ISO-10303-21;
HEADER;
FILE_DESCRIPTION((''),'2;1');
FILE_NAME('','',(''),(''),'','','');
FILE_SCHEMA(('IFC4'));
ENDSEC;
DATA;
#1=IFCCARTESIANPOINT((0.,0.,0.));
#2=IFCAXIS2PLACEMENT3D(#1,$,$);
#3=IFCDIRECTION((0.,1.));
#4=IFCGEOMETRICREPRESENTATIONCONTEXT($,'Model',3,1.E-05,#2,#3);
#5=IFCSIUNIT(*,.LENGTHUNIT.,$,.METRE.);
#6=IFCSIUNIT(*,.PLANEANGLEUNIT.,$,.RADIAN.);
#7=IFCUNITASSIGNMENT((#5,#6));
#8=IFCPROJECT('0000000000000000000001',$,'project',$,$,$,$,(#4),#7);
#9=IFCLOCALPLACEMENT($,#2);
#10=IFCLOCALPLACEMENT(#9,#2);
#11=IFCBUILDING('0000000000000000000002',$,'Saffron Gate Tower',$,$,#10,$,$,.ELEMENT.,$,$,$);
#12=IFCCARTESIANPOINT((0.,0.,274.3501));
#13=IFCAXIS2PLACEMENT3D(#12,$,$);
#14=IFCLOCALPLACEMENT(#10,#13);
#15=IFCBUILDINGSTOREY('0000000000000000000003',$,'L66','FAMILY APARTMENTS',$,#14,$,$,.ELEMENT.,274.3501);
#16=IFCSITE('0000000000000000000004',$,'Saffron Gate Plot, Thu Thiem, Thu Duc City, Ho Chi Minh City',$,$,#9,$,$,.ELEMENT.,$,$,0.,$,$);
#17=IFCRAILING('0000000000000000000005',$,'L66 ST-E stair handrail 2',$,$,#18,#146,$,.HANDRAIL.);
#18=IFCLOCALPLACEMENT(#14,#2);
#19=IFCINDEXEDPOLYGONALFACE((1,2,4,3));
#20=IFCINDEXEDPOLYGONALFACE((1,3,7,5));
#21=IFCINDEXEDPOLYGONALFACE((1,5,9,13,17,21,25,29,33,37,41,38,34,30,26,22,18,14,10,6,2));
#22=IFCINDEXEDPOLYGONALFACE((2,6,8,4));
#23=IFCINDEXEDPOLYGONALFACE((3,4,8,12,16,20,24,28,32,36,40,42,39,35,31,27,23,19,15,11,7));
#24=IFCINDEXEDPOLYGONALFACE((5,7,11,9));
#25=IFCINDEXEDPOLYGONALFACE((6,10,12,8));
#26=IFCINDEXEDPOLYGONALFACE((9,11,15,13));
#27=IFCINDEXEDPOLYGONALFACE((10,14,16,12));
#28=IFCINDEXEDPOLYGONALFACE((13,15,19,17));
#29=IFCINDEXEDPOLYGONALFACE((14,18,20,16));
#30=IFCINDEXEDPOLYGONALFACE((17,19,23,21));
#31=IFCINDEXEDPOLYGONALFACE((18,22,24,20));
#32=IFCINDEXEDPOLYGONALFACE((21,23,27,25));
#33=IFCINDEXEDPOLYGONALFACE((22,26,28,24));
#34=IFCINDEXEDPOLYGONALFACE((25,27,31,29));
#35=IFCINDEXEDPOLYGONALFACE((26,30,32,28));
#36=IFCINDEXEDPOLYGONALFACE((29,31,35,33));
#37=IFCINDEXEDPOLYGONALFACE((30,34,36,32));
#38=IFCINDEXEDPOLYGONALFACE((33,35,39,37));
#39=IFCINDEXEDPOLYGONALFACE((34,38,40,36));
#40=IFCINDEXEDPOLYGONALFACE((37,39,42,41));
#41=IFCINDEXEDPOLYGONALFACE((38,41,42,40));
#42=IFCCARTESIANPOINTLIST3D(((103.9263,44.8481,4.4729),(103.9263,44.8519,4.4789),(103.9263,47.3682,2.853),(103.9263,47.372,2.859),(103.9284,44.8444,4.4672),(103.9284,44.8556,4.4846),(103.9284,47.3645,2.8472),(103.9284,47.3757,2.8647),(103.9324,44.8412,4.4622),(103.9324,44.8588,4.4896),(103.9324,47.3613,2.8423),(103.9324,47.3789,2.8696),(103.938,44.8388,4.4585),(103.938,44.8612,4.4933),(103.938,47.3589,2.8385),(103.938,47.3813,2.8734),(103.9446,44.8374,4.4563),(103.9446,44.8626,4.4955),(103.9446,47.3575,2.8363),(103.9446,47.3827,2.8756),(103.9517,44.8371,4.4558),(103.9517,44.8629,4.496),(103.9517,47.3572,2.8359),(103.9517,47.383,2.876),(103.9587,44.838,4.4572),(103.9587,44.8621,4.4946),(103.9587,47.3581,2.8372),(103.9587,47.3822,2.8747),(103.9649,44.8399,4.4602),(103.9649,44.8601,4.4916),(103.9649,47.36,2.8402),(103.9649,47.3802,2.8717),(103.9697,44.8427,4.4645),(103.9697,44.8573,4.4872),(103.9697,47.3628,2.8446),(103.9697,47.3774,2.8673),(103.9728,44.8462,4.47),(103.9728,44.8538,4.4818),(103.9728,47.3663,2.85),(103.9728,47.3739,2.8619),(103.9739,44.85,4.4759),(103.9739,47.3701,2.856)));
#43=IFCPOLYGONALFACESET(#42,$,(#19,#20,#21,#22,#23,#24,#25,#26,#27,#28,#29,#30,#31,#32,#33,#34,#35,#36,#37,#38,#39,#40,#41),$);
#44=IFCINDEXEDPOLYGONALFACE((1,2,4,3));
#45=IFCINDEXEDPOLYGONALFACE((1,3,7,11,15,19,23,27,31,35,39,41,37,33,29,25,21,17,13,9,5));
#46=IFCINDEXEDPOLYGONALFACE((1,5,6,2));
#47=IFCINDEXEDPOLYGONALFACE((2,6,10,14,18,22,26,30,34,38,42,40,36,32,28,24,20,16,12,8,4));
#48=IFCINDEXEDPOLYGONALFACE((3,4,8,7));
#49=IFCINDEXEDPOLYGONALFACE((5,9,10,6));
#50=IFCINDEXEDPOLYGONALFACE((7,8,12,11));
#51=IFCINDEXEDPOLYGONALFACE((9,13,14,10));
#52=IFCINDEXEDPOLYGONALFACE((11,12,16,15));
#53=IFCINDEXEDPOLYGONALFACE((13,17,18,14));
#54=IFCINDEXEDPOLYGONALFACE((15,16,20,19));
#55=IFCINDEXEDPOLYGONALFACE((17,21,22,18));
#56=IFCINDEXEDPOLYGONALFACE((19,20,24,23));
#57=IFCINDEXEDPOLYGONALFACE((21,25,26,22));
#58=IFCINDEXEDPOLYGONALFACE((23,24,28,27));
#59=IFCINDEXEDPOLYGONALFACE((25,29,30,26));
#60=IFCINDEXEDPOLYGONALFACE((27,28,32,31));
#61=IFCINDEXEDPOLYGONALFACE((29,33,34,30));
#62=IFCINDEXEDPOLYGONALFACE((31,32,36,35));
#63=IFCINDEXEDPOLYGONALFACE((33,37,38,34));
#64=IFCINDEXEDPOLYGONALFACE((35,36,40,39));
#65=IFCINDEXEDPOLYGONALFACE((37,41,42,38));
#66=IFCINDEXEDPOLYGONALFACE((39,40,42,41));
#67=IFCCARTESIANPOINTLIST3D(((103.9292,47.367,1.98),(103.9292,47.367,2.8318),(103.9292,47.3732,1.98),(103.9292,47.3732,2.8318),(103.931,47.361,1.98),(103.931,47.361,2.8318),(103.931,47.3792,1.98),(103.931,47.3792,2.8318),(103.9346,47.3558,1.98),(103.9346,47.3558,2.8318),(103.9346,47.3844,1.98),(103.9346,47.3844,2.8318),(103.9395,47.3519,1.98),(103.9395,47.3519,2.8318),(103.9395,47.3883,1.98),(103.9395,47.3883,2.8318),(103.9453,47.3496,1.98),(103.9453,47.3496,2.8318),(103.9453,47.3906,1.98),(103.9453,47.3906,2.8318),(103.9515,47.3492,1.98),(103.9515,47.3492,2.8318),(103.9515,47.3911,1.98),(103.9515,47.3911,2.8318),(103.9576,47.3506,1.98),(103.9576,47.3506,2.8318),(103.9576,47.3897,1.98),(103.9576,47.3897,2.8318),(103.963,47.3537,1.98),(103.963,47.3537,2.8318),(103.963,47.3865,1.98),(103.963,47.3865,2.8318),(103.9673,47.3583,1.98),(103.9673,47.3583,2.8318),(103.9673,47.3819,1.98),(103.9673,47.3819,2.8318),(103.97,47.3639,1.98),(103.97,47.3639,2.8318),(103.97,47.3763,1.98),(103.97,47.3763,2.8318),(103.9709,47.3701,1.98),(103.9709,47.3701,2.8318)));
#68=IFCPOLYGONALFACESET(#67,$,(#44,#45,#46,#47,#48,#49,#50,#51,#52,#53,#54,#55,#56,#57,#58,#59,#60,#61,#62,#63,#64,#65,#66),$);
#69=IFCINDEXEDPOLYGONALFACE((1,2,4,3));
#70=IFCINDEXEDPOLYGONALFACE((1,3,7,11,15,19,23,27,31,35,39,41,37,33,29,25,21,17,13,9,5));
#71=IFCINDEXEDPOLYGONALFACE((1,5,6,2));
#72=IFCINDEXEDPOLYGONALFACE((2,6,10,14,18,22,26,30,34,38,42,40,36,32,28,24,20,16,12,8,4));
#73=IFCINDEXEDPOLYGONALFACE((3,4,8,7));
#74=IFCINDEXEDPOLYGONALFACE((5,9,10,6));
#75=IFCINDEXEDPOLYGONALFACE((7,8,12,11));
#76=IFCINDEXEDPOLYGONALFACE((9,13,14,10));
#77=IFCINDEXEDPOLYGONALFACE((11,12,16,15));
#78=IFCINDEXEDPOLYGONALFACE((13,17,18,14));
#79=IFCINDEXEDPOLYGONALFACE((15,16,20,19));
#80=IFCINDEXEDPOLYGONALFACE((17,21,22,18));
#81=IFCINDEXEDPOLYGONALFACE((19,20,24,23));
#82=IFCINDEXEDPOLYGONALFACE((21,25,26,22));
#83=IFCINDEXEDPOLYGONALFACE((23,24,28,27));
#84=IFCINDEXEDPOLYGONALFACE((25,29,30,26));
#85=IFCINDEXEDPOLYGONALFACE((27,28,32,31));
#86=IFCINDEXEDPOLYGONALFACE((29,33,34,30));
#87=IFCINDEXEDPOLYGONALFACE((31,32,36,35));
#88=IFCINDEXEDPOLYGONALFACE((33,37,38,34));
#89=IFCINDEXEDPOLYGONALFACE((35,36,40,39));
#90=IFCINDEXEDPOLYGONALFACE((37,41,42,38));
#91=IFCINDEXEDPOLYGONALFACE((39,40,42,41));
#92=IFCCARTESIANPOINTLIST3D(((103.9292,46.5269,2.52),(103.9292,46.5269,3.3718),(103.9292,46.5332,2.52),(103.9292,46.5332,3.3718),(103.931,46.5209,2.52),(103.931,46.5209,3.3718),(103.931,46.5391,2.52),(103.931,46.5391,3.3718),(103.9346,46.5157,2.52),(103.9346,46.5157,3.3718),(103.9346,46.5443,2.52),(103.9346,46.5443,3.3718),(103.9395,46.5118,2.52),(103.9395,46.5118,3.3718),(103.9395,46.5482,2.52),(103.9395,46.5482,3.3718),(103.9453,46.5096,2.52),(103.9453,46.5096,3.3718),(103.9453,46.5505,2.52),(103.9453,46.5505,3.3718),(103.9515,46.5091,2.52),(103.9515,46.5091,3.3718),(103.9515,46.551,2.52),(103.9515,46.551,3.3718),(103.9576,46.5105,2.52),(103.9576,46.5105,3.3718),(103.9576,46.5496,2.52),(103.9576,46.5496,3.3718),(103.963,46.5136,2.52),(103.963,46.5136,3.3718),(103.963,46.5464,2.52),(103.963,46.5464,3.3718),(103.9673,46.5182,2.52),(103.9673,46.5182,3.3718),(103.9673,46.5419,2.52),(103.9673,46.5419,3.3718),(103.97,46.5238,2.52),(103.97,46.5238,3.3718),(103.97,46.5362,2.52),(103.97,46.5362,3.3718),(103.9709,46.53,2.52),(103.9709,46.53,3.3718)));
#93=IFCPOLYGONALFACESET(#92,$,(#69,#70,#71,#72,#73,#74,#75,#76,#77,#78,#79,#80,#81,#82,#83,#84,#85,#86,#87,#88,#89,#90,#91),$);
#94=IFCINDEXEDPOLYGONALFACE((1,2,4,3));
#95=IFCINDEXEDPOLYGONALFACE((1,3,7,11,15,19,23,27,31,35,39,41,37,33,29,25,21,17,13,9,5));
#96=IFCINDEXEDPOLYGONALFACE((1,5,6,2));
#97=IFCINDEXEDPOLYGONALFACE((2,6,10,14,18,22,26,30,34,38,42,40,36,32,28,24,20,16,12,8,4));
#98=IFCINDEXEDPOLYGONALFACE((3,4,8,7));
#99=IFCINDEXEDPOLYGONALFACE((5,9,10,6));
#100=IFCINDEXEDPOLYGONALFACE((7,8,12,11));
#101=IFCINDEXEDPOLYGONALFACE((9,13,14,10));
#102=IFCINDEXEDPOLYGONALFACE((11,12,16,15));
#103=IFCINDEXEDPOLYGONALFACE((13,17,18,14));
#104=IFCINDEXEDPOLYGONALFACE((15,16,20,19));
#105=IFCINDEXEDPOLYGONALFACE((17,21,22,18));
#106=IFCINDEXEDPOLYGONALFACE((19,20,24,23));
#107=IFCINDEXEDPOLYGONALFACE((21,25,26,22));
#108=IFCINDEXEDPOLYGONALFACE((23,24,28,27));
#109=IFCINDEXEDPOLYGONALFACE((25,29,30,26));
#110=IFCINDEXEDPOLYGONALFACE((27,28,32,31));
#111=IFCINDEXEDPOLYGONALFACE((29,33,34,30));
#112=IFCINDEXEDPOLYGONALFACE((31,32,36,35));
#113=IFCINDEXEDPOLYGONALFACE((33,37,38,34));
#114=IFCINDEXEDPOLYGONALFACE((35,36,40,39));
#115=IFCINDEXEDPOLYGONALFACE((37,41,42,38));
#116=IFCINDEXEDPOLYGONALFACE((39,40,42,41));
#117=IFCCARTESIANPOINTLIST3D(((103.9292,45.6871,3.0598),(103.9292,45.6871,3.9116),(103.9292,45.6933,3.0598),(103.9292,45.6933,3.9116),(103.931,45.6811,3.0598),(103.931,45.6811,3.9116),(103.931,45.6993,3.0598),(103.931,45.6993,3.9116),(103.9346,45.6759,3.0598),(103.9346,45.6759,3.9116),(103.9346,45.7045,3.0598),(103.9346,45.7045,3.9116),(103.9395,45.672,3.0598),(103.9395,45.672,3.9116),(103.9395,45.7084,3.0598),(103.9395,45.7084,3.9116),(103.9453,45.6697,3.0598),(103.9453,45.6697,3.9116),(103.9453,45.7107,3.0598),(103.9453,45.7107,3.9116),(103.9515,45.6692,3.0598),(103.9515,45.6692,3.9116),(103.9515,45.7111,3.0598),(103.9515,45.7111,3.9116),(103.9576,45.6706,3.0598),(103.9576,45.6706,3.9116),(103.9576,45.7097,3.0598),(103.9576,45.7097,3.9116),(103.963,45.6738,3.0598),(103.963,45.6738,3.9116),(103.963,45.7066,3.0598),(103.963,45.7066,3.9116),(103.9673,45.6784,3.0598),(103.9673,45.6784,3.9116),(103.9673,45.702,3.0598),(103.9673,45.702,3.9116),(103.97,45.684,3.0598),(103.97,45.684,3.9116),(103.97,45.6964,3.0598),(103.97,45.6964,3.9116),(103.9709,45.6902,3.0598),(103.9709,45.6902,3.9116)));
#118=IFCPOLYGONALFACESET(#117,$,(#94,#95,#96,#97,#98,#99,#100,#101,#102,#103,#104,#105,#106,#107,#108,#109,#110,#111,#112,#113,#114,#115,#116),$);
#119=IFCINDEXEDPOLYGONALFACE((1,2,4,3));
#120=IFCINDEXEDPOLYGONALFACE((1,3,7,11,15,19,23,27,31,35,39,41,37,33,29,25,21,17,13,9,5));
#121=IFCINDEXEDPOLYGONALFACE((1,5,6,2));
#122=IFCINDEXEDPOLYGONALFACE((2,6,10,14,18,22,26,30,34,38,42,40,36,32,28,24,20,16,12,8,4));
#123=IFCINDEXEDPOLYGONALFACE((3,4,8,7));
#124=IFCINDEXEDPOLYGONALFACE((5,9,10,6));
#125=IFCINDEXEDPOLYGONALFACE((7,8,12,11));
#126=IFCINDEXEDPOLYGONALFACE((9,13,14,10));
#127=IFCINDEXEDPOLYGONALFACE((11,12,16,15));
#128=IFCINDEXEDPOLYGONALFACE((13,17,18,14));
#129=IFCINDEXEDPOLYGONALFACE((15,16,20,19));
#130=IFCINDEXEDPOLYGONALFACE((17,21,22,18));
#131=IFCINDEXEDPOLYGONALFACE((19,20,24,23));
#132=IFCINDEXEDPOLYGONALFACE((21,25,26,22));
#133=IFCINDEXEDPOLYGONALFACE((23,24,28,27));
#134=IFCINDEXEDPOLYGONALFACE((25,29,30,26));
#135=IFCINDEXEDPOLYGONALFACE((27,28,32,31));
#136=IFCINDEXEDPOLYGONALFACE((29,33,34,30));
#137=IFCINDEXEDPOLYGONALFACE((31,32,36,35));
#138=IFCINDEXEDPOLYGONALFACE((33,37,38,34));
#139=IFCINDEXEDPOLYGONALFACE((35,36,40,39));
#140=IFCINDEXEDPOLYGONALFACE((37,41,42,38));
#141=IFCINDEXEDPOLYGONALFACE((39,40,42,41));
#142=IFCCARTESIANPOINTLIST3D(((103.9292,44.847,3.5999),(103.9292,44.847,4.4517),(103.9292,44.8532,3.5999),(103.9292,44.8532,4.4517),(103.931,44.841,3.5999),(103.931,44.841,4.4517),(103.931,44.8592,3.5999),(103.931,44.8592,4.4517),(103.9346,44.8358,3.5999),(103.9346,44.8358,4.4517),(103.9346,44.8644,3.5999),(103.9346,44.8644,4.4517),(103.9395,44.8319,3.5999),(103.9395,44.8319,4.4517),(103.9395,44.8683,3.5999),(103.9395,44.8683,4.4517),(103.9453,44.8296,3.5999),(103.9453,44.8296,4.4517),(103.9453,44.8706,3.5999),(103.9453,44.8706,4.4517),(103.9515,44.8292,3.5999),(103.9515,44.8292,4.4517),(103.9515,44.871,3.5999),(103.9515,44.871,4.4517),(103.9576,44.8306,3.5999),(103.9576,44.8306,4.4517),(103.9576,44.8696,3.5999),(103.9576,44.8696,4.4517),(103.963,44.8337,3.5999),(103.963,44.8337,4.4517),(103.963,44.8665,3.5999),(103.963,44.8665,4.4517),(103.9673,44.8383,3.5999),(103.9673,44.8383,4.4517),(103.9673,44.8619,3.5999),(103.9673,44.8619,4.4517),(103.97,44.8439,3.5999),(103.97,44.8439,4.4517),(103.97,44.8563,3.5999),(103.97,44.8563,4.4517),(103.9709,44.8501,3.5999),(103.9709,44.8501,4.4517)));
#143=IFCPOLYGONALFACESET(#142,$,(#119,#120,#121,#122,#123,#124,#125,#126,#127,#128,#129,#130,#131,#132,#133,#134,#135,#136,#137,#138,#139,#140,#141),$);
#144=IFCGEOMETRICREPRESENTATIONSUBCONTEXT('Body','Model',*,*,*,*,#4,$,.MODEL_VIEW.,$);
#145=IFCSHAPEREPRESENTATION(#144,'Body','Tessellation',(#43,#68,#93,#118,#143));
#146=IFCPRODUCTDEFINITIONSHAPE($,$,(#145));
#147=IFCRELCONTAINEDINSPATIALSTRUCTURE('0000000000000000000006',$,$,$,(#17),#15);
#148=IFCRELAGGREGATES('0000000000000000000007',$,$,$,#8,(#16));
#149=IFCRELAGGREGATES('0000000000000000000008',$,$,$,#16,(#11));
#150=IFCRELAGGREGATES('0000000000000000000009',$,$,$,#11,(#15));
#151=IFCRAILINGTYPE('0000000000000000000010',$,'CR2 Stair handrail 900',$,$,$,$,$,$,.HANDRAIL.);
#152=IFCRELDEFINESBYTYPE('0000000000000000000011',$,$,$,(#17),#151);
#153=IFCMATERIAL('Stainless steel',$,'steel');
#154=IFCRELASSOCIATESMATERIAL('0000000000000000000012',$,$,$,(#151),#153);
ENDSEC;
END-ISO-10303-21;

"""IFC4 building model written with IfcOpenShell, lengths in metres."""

from ifc_helpers import new_model, si_unit, direction, frame, origin, origin_2d, place, context, subcontext, project, spatial, circle, extrude, material, type_object, element, save


model = new_model("IFC4")

# Units and contexts
model_context = context("Model", 3, precision=1e-05, world=origin(), true_north=direction((0.0, 1.0)))
body_context = subcontext(model_context, "Body", "Model", "MODEL_VIEW")
ifc_project = project(units=[si_unit("LENGTHUNIT", "METRE"), si_unit("PLANEANGLEUNIT", "RADIAN")], contexts=[model_context])

# Site, building, storey
site_placement = place(None, origin())
site = spatial("IfcSite", under=ifc_project, at=site_placement, Name="Saffron Gate Plot, Thu Thiem, Thu Duc City, Ho Chi Minh City", CompositionType="ELEMENT", RefElevation=0.0)
building_placement = place(site_placement, origin())
building = spatial("IfcBuilding", under=site, at=building_placement, Name="Saffron Gate Tower", CompositionType="ELEMENT")
storey_placement = place(building_placement, frame((0.0, 0.0, 274.3501)))
storey = spatial("IfcBuildingStorey", under=building, at=storey_placement, Name="L66", Description="FAMILY APARTMENTS", CompositionType="ELEMENT", Elevation=274.3501)

# Railing
ifc_material_1 = material(Name="Stainless steel", Category="steel")
railing_type_1 = type_object("IfcRailingType", Name="CR2 Stair handrail 900", PredefinedType="HANDRAIL", material=ifc_material_1)
railing_1_placement = place(storey_placement, frame((103.95, 47.3701, 1.98)))
element("IfcRailing", 1, at=railing_1_placement, inside=storey, type_object=railing_type_1, Name="L66 ST-E stair handrail 2", PredefinedType="HANDRAIL", context=body_context, shape_type="SweptSolid", body=[
    extrude(circle(Radius=0.0239, at=origin_2d()), frame((0.0, 0.0, 0.876), z_axis=(0.0, -0.8412, 0.540725), x_axis=(1.0, 0.0, 0.0)), (0.0, 0.0, 1.0), 2.9958),
    extrude(circle(Radius=0.021, at=origin_2d()), origin(), (0.0, 0.0, 1.0), 0.8518),
    extrude(circle(Radius=0.021, at=origin_2d()), frame((0.0, -0.8401, 0.54)), (0.0, 0.0, 1.0), 0.8518),
    extrude(circle(Radius=0.021, at=origin_2d()), frame((0.0, -1.6799, 1.0798)), (0.0, 0.0, 1.0), 0.8518),
    extrude(circle(Radius=0.021, at=origin_2d()), frame((0.0, -2.52, 1.6199)), (0.0, 0.0, 1.0), 0.8518),
])

save(model, "model.ifc")
